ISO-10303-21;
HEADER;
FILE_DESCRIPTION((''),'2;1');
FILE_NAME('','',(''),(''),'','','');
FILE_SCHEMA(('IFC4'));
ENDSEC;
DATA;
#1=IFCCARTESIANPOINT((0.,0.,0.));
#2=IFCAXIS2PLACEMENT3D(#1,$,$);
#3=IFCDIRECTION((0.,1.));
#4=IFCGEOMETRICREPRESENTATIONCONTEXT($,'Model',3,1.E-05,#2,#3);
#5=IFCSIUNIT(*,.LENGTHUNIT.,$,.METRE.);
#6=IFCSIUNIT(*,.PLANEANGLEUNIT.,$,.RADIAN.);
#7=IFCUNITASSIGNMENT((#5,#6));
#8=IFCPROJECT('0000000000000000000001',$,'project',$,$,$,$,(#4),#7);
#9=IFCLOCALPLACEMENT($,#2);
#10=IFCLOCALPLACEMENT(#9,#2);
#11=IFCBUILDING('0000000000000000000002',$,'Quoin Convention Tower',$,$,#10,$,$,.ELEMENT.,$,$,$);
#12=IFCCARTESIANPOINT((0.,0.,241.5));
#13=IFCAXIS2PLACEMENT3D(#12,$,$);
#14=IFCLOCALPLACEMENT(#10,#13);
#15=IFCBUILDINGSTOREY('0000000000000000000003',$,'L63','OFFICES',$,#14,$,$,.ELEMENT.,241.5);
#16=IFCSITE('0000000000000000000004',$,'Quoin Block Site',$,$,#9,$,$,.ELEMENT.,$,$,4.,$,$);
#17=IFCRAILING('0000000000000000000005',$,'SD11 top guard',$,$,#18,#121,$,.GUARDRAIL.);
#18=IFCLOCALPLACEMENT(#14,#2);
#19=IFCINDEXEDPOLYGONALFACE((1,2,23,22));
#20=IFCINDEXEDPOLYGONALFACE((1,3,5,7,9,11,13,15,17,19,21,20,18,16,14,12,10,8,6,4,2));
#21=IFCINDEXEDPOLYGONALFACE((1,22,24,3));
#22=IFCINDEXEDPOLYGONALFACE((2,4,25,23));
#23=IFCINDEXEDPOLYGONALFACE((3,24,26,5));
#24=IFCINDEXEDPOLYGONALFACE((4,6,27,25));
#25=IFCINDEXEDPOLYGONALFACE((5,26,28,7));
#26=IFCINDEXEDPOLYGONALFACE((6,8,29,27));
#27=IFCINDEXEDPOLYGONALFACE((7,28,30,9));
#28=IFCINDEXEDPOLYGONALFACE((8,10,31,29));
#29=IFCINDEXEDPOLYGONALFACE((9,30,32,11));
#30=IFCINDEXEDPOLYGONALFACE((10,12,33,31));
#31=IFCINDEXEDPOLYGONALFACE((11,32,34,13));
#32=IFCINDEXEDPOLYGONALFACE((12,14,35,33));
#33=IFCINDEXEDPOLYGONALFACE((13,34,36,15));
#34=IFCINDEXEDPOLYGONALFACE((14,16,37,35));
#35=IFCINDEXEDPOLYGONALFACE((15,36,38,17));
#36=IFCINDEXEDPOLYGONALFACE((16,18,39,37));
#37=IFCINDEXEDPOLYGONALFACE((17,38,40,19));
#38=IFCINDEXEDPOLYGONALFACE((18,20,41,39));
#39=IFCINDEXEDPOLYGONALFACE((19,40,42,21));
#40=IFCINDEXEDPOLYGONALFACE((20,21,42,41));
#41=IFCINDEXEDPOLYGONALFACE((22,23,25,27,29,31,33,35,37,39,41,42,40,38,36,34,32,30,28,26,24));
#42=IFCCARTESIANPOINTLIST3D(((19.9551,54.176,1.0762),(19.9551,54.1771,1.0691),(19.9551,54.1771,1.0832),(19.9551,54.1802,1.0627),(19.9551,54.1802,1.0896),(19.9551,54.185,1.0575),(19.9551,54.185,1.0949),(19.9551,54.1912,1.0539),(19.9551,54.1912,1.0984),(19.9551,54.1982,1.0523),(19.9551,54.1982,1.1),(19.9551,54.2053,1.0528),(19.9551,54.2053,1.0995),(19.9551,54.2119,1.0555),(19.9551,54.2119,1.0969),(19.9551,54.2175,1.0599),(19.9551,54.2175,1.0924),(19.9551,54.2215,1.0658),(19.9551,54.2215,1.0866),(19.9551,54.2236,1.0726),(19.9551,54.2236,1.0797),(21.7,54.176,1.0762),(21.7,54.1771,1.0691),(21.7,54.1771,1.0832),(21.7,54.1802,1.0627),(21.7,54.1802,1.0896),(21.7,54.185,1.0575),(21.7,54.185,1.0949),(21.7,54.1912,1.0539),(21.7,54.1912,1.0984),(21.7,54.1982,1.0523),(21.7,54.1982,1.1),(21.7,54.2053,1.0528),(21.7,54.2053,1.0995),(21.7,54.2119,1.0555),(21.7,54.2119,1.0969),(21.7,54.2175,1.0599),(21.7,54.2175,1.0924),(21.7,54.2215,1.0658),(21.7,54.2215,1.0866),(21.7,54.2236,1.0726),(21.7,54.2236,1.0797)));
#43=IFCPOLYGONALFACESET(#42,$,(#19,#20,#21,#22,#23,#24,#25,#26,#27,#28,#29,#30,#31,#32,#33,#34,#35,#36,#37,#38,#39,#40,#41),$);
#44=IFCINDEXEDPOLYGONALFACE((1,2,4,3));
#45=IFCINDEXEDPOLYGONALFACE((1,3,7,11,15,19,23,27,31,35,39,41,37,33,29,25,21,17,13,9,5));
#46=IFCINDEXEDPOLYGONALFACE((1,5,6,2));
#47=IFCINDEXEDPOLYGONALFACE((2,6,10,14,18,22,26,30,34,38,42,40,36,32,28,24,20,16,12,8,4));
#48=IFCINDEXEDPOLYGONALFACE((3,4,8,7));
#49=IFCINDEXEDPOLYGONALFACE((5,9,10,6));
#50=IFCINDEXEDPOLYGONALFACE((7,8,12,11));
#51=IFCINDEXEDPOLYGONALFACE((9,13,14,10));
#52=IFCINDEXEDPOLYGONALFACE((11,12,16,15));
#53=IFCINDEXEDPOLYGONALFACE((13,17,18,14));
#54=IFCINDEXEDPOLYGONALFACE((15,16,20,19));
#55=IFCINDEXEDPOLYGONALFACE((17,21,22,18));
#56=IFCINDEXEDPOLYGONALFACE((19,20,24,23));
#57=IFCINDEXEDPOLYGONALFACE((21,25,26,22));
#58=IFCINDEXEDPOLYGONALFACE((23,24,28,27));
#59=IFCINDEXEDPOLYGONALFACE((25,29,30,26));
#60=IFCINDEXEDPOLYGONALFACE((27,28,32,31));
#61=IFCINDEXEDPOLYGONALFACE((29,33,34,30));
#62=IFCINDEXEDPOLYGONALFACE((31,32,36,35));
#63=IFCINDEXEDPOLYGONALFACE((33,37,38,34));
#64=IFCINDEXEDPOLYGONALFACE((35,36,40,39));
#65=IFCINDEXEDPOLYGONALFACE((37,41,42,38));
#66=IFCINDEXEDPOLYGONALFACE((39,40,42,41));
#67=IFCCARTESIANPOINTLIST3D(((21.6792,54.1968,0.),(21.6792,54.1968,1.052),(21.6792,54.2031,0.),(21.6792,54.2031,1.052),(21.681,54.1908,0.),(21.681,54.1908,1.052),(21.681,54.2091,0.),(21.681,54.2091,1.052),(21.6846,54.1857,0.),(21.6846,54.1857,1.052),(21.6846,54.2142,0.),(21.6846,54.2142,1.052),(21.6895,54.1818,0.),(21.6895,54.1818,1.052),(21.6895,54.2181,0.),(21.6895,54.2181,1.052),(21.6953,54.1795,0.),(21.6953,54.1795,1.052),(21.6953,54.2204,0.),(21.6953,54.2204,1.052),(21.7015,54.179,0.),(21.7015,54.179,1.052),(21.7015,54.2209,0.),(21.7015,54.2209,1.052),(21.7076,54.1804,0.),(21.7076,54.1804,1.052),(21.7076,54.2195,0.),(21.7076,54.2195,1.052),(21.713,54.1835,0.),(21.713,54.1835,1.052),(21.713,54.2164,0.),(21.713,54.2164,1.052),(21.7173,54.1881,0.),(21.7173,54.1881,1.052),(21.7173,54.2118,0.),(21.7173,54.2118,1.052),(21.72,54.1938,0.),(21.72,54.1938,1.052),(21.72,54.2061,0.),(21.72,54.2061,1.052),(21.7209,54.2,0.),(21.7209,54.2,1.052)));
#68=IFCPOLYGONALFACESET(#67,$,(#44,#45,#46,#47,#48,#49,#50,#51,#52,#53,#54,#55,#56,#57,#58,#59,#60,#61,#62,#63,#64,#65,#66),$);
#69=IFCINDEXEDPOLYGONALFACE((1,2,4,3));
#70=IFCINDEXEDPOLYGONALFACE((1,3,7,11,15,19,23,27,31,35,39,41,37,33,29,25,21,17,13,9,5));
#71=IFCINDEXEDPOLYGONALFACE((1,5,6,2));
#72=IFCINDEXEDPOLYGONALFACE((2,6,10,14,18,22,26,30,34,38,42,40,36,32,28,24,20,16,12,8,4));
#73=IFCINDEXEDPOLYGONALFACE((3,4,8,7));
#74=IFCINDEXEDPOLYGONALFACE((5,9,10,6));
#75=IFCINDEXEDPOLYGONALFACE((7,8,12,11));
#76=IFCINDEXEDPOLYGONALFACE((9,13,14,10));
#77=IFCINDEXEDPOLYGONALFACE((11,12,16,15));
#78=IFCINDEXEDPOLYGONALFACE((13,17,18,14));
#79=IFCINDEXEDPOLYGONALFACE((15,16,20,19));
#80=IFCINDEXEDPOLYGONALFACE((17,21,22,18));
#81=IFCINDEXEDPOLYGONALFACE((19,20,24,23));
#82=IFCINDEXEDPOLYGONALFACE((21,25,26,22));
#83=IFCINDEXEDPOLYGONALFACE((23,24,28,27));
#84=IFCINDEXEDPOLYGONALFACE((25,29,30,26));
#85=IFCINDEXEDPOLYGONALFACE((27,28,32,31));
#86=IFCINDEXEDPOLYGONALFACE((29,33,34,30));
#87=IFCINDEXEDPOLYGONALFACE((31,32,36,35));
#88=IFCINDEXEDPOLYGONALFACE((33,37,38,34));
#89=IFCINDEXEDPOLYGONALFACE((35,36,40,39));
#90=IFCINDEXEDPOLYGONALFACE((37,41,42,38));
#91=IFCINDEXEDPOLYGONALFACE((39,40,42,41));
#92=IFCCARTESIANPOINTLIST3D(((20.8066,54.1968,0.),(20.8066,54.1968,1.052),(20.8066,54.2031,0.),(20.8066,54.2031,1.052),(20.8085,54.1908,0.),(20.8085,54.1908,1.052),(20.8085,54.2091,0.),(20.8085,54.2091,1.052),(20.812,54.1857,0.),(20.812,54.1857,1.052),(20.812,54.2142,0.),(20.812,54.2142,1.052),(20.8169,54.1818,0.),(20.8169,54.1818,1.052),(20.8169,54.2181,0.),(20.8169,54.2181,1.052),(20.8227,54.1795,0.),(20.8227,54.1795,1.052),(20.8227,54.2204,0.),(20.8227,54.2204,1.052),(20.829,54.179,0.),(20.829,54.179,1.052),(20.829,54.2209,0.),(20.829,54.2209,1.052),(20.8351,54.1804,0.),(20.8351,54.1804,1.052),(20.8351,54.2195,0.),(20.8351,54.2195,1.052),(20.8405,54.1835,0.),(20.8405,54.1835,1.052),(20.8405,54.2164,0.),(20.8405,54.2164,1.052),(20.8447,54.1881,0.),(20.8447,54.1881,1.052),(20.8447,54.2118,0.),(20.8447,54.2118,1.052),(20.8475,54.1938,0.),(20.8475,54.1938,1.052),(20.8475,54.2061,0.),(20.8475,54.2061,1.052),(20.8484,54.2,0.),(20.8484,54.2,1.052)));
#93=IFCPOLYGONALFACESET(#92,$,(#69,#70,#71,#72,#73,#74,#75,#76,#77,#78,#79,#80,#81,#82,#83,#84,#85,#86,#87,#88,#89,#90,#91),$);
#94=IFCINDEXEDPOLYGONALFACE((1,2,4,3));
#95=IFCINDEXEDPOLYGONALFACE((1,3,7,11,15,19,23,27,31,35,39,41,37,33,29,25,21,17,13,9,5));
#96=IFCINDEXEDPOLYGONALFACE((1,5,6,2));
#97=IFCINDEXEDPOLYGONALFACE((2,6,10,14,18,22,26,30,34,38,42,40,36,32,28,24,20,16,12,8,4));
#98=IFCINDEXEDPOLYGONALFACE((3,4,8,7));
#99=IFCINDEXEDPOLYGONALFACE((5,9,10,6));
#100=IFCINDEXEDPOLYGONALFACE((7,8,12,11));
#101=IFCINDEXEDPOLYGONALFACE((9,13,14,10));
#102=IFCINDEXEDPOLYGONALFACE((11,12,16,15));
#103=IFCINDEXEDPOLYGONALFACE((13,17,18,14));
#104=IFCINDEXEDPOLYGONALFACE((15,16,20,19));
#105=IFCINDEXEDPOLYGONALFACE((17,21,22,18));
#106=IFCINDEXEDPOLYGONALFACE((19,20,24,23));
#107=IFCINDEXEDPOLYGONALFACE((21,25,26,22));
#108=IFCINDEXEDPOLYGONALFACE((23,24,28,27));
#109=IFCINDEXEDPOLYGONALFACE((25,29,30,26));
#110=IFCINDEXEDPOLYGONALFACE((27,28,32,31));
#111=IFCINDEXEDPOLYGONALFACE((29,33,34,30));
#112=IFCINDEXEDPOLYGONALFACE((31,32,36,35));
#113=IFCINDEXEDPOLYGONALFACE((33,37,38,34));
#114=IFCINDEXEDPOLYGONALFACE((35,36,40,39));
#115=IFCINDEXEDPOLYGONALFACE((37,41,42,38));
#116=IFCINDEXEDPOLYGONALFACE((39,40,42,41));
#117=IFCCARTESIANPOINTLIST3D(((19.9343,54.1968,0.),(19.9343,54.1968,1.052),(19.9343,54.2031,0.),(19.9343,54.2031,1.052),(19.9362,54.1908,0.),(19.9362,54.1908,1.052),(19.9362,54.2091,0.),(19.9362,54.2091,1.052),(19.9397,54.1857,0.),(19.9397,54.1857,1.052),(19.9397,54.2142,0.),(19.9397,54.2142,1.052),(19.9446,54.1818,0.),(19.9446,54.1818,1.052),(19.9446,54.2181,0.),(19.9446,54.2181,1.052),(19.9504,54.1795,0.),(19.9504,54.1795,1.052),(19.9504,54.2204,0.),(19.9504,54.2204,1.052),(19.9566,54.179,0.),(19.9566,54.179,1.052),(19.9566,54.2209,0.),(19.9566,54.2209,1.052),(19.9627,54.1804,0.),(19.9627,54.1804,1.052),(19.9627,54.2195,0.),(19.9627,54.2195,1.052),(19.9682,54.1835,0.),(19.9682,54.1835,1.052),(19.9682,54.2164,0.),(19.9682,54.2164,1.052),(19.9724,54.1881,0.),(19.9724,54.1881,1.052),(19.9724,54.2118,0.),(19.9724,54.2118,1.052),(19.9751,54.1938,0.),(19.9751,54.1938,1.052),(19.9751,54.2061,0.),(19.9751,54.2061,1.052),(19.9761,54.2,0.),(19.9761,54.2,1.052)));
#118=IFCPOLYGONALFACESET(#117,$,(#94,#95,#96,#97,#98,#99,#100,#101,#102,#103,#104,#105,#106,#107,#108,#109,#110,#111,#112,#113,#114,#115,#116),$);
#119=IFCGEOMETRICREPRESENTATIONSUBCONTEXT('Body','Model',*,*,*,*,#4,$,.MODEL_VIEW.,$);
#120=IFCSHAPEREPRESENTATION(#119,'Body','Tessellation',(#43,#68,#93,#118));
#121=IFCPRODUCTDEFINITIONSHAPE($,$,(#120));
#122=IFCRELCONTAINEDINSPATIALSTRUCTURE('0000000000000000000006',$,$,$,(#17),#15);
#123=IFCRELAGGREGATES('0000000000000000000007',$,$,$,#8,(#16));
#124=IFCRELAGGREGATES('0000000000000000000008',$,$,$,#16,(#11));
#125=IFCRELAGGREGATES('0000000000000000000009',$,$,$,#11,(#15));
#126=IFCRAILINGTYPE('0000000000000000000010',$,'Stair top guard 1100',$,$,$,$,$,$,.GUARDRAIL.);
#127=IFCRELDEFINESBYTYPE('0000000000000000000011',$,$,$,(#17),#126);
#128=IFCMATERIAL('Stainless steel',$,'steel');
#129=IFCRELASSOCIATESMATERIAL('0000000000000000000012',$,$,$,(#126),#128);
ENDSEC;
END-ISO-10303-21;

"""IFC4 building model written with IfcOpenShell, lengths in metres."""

from ifc_helpers import new_model, si_unit, direction, frame, origin, origin_2d, place, context, subcontext, project, spatial, circle, extrude, material, type_object, element, save


model = new_model("IFC4")

# Units and contexts
model_context = context("Model", 3, precision=1e-05, world=origin(), true_north=direction((0.0, 1.0)))
body_context = subcontext(model_context, "Body", "Model", "MODEL_VIEW")
ifc_project = project(units=[si_unit("LENGTHUNIT", "METRE"), si_unit("PLANEANGLEUNIT", "RADIAN")], contexts=[model_context])

# Site, building, storey
site_placement = place(None, origin())
site = spatial("IfcSite", under=ifc_project, at=site_placement, Name="Quoin Block Site", CompositionType="ELEMENT", RefElevation=4.0)
building_placement = place(site_placement, origin())
building = spatial("IfcBuilding", under=site, at=building_placement, Name="Quoin Convention Tower", CompositionType="ELEMENT")
storey_placement = place(building_placement, frame((0.0, 0.0, 241.5)))
storey = spatial("IfcBuildingStorey", under=building, at=storey_placement, Name="L63", Description="OFFICES", CompositionType="ELEMENT", Elevation=241.5)

# Railing
ifc_material_1 = material(Name="Stainless steel", Category="steel")
railing_type_1 = type_object("IfcRailingType", Name="Stair top guard 1100", PredefinedType="GUARDRAIL", material=ifc_material_1)
railing_1_placement = place(storey_placement, frame((21.7, 54.2, 0.0)))
element("IfcRailing", 1, at=railing_1_placement, inside=storey, type_object=railing_type_1, Name="SD11 top guard", PredefinedType="GUARDRAIL", context=body_context, shape_type="SweptSolid", body=[
    extrude(circle(Radius=0.0239, at=origin_2d()), frame((0.0, 0.0, 1.0762), z_axis=(-1.0, 0.0, 0.0), x_axis=(0.0, -1.0, 0.0)), (0.0, 0.0, 1.0), 1.7449),
    extrude(circle(Radius=0.021, at=origin_2d()), origin(), (0.0, 0.0, 1.0), 1.052),
    extrude(circle(Radius=0.021, at=origin_2d()), frame((-0.8726, 0.0, 0.0)), (0.0, 0.0, 1.0), 1.052),
    extrude(circle(Radius=0.021, at=origin_2d()), frame((-1.7449, 0.0, 0.0)), (0.0, 0.0, 1.0), 1.052),
])

save(model, "model.ifc")
